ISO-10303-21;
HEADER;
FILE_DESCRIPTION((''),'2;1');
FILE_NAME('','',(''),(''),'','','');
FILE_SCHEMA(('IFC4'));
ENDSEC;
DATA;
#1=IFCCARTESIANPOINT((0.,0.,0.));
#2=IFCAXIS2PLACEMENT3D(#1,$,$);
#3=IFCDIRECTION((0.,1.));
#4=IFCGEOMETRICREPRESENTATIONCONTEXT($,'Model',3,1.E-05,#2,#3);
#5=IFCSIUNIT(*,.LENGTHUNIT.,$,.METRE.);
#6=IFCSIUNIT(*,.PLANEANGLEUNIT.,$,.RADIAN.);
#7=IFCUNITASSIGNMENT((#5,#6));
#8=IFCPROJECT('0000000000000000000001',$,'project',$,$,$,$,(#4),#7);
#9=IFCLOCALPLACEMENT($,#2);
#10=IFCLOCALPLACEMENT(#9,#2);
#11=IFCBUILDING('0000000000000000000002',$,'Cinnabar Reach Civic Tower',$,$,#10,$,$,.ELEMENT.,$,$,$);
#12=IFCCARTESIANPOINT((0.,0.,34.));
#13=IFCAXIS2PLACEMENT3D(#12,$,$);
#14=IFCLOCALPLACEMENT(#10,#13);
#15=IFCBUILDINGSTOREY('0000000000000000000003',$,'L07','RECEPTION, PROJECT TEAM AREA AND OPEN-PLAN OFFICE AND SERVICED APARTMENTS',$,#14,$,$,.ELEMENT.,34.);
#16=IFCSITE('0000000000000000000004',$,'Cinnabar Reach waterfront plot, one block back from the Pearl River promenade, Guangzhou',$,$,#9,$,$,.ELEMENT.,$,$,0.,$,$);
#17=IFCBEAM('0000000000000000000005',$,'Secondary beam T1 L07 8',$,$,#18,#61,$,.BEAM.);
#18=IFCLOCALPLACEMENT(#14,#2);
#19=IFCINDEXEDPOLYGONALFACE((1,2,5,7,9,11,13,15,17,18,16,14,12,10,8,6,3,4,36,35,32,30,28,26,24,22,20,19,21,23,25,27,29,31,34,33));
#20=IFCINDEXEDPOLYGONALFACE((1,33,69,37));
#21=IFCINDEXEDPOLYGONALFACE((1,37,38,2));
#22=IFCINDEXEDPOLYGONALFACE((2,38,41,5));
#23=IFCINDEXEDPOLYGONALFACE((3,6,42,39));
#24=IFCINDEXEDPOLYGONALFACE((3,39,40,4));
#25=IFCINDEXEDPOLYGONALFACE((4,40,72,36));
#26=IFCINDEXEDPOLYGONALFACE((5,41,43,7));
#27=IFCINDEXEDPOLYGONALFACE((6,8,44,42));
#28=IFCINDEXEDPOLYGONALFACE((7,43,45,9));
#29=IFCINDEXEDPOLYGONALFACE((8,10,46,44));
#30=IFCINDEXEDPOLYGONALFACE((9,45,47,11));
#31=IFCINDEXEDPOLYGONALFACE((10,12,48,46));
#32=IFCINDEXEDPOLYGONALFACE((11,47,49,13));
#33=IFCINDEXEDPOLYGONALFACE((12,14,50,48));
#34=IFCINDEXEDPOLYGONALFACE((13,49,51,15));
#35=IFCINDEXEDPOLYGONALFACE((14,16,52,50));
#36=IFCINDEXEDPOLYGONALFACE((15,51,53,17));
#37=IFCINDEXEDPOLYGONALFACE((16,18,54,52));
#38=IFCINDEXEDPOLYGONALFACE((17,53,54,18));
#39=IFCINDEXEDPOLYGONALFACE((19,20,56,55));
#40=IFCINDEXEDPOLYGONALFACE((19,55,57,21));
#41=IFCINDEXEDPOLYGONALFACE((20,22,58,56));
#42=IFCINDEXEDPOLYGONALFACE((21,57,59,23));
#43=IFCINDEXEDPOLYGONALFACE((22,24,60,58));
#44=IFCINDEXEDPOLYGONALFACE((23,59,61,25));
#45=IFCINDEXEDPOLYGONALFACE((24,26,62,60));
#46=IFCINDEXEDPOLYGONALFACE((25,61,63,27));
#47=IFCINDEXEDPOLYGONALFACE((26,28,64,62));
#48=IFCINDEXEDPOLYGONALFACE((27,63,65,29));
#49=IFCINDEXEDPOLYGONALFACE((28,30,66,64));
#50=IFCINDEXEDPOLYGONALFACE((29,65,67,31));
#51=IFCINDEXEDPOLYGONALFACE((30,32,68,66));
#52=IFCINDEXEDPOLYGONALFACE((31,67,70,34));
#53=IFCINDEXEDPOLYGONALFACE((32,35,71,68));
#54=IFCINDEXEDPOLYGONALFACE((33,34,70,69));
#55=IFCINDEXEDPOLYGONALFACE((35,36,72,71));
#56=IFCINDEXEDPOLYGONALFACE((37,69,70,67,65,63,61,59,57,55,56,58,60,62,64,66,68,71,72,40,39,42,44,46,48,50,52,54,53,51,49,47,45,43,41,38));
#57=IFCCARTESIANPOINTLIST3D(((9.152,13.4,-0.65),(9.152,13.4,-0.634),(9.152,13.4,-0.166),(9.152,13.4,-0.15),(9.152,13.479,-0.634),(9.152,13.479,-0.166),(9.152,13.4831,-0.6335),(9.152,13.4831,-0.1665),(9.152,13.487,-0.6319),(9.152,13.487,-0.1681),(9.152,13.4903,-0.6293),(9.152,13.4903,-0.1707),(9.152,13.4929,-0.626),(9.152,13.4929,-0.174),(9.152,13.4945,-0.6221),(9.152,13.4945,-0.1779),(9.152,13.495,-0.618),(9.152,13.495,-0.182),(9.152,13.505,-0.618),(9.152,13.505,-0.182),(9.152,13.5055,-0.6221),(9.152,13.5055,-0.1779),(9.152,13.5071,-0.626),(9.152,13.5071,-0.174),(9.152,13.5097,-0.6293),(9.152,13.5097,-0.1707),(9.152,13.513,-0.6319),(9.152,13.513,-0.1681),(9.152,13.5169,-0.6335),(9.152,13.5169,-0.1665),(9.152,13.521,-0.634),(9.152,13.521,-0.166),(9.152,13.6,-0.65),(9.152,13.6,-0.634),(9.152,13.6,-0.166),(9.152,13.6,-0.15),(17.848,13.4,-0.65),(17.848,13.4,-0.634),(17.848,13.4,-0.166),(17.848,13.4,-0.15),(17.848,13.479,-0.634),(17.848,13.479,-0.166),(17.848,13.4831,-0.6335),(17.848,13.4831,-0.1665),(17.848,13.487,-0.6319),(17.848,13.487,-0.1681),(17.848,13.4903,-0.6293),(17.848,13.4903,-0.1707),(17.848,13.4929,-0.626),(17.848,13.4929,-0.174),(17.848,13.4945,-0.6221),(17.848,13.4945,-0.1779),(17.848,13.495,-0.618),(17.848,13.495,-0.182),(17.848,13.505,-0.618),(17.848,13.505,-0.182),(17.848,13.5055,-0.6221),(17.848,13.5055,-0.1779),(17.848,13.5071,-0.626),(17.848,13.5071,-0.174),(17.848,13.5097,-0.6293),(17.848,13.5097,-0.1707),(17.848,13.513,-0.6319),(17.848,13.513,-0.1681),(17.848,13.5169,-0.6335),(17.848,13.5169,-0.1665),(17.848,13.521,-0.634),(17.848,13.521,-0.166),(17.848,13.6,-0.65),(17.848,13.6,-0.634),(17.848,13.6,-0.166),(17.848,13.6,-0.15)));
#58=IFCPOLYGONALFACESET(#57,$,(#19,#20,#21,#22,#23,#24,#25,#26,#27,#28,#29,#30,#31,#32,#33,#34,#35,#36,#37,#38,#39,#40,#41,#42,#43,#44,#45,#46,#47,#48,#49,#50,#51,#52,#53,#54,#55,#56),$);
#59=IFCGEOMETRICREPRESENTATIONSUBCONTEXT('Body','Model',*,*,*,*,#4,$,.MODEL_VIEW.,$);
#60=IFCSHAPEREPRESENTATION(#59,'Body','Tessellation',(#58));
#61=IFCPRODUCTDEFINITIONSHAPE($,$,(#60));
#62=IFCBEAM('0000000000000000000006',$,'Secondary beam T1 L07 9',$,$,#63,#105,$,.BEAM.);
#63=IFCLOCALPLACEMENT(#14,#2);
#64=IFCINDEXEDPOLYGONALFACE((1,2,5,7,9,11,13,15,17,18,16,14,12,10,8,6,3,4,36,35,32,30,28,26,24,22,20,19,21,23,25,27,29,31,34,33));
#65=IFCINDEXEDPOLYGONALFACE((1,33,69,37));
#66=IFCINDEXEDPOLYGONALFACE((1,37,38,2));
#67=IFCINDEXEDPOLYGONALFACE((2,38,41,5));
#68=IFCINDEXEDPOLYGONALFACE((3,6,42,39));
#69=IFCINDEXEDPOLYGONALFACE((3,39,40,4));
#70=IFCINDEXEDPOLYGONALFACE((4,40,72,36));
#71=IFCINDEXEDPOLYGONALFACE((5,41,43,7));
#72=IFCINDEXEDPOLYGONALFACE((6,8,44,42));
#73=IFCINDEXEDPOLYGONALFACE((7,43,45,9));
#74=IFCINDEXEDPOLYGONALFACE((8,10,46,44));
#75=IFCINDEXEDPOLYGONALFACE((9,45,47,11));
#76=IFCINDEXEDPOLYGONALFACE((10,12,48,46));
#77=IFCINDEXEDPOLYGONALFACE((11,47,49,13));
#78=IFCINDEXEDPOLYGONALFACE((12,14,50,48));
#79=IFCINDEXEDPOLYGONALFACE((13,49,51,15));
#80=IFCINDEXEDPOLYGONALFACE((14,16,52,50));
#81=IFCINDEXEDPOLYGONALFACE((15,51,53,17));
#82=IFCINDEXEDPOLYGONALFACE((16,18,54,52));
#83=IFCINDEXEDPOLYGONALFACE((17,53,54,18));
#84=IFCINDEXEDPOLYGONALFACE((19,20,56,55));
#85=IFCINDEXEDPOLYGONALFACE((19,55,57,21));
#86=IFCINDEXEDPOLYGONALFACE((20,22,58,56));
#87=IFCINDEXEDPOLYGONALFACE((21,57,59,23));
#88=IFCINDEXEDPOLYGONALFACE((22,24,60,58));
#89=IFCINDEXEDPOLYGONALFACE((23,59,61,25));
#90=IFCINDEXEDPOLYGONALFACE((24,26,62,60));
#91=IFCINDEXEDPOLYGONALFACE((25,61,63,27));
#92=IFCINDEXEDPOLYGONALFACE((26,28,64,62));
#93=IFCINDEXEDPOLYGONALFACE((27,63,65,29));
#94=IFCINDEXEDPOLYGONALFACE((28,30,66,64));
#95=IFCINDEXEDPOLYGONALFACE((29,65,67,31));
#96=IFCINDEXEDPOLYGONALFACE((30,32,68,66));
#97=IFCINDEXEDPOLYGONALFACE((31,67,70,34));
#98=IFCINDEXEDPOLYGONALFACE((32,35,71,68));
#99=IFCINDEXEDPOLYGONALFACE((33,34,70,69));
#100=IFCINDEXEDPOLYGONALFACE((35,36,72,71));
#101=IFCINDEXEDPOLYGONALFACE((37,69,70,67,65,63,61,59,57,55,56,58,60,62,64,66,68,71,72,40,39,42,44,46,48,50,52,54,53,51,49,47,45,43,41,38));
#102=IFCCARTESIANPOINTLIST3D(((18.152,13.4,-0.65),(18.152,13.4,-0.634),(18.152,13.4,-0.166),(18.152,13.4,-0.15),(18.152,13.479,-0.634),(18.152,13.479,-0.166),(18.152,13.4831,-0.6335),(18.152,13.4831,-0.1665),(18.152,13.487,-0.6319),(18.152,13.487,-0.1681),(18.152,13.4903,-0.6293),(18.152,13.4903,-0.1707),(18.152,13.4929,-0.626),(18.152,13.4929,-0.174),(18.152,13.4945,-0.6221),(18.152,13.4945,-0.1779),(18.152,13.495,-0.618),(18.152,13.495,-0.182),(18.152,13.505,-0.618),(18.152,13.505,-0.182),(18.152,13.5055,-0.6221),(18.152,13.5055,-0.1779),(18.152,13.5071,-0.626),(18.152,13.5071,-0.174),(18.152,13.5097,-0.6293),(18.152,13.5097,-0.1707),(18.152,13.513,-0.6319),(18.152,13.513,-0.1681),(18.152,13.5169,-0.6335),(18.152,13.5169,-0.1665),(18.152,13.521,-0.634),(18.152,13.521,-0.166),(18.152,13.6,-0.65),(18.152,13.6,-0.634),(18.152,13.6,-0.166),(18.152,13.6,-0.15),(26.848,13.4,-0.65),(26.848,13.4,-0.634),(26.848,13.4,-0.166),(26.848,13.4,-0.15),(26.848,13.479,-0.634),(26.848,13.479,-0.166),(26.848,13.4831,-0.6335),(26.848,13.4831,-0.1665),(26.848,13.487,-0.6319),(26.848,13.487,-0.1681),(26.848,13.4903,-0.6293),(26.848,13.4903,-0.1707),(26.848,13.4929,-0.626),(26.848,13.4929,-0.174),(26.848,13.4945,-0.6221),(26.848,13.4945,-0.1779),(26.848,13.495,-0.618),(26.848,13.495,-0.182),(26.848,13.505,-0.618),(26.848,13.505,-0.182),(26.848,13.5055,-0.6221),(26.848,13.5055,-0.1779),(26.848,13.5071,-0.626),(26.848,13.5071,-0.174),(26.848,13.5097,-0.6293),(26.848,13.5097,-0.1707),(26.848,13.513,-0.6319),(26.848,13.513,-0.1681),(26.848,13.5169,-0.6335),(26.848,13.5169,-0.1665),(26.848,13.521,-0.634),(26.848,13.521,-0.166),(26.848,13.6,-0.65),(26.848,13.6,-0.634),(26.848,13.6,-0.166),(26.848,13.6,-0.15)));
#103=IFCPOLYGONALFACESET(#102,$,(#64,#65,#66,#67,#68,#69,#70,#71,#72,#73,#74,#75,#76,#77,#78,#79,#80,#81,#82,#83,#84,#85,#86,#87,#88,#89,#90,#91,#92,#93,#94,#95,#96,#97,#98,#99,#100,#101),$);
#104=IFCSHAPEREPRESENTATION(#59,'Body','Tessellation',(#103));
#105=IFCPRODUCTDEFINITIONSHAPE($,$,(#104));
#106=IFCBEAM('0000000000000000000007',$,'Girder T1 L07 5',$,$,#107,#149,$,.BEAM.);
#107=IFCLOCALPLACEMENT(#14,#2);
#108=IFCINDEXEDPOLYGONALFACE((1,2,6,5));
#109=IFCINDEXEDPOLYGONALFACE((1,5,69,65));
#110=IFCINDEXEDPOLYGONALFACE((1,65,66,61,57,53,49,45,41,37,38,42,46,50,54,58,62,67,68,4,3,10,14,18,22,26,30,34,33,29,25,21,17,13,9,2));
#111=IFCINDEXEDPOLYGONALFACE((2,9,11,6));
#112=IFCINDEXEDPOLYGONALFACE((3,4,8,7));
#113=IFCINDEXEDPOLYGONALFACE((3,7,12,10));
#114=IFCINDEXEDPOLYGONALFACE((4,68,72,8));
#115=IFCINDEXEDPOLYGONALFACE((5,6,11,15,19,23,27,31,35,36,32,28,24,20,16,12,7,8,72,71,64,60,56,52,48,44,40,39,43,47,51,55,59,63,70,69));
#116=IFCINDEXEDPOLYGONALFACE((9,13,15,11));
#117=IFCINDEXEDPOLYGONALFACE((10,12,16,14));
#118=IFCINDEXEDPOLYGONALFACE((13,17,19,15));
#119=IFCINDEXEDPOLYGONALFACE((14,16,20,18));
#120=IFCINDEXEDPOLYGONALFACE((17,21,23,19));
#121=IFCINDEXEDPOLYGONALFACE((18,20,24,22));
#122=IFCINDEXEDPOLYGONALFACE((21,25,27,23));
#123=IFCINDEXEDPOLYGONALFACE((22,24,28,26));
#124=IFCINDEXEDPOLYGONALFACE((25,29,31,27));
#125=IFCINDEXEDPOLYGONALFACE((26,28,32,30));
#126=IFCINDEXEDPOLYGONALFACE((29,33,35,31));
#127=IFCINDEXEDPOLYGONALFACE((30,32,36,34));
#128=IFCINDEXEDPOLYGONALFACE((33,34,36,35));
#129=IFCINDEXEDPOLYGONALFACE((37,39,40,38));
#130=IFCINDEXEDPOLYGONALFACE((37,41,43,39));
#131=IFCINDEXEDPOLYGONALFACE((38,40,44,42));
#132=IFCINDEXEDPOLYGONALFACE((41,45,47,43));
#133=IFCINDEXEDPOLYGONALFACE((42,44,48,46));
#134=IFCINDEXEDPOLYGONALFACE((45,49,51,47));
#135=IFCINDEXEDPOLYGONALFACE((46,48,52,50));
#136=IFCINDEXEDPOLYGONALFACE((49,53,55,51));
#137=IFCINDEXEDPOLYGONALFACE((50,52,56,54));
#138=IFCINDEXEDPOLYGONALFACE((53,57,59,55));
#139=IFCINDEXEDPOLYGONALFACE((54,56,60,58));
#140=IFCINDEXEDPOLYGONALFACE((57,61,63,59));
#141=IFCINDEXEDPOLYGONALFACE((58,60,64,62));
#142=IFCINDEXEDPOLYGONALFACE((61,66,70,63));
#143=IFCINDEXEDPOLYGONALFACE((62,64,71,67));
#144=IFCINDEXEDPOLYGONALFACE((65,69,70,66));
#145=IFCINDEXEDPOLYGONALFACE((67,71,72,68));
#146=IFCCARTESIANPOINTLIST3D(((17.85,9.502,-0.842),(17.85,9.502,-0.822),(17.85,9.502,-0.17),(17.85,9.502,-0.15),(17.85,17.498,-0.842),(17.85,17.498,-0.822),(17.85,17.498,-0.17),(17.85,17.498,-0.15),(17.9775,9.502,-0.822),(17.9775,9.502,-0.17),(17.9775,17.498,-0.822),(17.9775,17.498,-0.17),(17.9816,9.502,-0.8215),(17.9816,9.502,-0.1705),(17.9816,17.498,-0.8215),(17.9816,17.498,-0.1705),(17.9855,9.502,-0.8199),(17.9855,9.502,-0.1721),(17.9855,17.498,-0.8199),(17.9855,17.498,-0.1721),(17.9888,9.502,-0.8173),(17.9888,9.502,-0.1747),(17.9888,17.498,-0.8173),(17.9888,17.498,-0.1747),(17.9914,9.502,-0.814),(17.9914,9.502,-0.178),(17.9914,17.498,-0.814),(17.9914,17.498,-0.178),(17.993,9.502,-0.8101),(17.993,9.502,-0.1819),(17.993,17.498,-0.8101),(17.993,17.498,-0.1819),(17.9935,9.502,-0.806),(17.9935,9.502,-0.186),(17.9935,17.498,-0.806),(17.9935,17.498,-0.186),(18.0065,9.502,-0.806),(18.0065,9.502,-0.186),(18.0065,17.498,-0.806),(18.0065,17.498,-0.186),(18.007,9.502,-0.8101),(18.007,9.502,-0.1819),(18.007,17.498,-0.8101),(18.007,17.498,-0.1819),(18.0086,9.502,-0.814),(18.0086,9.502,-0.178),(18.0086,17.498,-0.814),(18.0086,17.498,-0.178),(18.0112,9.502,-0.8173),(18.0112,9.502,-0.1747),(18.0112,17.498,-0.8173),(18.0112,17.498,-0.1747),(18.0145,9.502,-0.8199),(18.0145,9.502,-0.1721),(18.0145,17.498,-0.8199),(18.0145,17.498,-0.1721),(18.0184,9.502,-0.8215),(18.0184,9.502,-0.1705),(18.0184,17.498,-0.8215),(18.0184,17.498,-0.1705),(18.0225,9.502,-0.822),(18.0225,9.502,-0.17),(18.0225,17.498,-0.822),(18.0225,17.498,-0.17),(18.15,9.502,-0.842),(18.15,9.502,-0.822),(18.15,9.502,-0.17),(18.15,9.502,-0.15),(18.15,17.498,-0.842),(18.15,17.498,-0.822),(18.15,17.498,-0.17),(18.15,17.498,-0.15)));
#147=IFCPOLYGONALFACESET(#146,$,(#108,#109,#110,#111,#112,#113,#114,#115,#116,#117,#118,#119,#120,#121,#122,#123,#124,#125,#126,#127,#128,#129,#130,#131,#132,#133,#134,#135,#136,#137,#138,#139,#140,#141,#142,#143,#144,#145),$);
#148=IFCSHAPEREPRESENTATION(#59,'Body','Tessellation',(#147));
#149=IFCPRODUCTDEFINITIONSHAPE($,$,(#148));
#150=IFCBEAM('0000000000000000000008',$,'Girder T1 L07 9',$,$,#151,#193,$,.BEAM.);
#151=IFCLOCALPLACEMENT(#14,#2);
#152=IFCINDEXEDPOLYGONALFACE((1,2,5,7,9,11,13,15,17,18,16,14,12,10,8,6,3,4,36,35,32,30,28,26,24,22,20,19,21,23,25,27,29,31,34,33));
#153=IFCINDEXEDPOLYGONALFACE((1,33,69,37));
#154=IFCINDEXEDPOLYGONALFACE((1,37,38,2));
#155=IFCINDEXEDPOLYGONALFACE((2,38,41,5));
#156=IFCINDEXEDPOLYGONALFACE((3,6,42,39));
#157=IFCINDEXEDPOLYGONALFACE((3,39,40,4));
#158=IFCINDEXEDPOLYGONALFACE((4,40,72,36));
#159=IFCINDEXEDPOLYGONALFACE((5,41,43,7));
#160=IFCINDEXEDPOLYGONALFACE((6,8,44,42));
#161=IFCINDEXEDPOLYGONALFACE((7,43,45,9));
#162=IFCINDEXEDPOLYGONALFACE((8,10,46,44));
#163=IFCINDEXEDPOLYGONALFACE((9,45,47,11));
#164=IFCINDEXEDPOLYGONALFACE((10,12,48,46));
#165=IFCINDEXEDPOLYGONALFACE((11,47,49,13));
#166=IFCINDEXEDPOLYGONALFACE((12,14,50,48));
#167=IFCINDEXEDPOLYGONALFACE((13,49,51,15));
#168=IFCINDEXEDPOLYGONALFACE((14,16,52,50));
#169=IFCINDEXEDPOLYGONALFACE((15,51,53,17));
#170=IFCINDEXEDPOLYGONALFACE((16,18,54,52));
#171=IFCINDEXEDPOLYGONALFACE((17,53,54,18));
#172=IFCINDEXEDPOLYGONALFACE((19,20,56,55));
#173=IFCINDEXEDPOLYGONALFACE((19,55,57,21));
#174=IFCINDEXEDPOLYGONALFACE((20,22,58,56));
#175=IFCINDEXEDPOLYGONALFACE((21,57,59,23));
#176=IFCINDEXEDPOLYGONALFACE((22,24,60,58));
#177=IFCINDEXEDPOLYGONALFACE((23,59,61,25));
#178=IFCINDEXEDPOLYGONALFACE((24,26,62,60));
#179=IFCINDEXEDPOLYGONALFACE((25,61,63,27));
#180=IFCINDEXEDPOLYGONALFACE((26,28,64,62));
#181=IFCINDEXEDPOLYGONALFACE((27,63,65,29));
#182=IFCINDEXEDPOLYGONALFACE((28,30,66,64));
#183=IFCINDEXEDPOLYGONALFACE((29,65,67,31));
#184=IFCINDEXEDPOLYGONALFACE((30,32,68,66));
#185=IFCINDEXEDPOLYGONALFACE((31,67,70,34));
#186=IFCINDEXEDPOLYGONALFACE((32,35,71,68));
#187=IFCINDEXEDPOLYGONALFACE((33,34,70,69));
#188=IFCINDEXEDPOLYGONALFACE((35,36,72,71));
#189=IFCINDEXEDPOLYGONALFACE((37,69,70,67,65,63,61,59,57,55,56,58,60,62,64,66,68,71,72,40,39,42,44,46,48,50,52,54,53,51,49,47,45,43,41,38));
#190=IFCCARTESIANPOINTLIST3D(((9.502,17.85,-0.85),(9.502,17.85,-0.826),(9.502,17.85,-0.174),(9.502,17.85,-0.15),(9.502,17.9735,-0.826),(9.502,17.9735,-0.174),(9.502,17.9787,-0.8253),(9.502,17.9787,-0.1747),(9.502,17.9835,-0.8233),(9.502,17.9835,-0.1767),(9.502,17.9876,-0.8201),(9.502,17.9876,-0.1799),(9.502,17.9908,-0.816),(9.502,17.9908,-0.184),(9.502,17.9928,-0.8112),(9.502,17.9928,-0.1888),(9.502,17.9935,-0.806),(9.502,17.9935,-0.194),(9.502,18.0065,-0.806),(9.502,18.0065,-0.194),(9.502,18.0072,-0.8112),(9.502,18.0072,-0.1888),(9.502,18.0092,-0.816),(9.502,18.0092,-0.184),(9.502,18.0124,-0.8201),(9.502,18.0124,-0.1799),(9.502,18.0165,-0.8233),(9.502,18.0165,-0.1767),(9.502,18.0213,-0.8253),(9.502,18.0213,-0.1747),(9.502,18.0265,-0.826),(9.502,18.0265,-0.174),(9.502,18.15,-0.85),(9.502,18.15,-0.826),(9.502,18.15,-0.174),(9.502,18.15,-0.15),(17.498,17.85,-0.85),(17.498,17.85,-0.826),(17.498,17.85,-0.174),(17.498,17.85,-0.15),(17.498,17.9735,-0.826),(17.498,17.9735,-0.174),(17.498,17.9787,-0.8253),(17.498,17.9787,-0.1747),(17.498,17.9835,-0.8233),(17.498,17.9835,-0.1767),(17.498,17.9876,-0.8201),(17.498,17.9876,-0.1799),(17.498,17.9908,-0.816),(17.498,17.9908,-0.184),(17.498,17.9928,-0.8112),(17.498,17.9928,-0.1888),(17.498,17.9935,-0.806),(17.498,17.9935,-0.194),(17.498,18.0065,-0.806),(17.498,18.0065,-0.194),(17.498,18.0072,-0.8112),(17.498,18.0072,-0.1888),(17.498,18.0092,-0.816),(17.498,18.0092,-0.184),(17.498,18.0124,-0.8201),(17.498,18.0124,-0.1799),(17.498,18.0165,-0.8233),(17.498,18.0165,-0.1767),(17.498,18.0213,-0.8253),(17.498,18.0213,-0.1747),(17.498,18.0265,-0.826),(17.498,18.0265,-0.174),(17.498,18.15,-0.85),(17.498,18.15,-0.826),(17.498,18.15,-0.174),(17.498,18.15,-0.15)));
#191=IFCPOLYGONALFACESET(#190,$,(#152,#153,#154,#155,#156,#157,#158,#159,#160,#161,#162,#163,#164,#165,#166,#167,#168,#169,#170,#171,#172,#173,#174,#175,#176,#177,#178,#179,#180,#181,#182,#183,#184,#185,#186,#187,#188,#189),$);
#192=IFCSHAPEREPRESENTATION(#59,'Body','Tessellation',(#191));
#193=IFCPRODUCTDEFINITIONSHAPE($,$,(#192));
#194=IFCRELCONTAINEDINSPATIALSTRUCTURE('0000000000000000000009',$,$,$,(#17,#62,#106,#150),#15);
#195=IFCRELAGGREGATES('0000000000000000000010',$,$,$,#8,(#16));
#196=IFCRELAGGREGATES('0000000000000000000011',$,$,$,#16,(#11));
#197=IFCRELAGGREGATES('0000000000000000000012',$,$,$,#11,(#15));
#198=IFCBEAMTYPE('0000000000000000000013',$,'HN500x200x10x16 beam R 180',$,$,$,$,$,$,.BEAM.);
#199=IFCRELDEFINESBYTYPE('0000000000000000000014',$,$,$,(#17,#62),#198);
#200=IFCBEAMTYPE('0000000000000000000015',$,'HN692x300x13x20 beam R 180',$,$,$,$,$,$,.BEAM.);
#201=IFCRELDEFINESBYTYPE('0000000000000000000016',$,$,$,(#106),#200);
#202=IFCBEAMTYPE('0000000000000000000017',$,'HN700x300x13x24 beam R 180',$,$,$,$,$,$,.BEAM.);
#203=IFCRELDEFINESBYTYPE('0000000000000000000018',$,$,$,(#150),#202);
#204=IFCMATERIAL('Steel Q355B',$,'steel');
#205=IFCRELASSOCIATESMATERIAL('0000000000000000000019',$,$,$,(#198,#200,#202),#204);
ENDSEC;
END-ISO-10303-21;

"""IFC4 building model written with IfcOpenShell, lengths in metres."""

from ifc_helpers import new_model, si_unit, direction, frame, origin, origin_2d, place, context, subcontext, project, spatial, i_section, extrude, material, material_profile, profile_set, type_object, element, save


model = new_model("IFC4")

# Units and contexts
model_context = context("Model", 3, precision=1e-05, world=origin(), true_north=direction((0.0, 1.0)))
body_context = subcontext(model_context, "Body", "Model", "MODEL_VIEW")
ifc_project = project(units=[si_unit("LENGTHUNIT", "METRE"), si_unit("PLANEANGLEUNIT", "RADIAN")], contexts=[model_context])

# Site, building, storey
site_placement = place(None, origin())
site = spatial("IfcSite", under=ifc_project, at=site_placement, Name="Cinnabar Reach waterfront plot, one block back from the Pearl River promenade, Guangzhou", CompositionType="ELEMENT", RefElevation=0.0)
building_placement = place(site_placement, origin())
building = spatial("IfcBuilding", under=site, at=building_placement, Name="Cinnabar Reach Civic Tower", CompositionType="ELEMENT")
storey_placement = place(building_placement, frame((0.0, 0.0, 34.0)))
storey = spatial("IfcBuildingStorey", under=building, at=storey_placement, Name="L07", Description="RECEPTION, PROJECT TEAM AREA AND OPEN-PLAN OFFICE AND SERVICED APARTMENTS", CompositionType="ELEMENT", Elevation=34.0)

# Beams
ifc_material_1 = material(Name="Steel Q355B", Category="steel")
ifc_material_profile_1 = material_profile(ifc_material_1, i_section(OverallWidth=0.2, OverallDepth=0.5, WebThickness=0.01, FlangeThickness=0.016, FilletRadius=0.016, at=origin_2d()), Name="HN500x200x10x16")
ifc_profile_set_1 = profile_set([ifc_material_profile_1], Name="Steel Q355B")
beam_type_1 = type_object("IfcBeamType", Name="HN500x200x10x16 beam R 180", PredefinedType="BEAM", material=ifc_profile_set_1)
for number, where, z_axis, x_axis, name in (
    (1, (9.152, 13.5, -0.4), (1.0, 0.0, 0.0), (0.0, 1.0, 0.0), "Secondary beam T1 L07 8"),
    (2, (18.152, 13.5, -0.4), (1.0, 0.0, 0.0), (0.0, 1.0, 0.0), "Secondary beam T1 L07 9"),
):
    element("IfcBeam", number, at=place(storey_placement, frame(where, z_axis=z_axis, x_axis=x_axis)), inside=storey, type_object=beam_type_1, Name=name, PredefinedType="BEAM", context=body_context, shape_type="SweptSolid", body=[
        extrude(i_section(OverallWidth=0.2, OverallDepth=0.5, WebThickness=0.01, FlangeThickness=0.016, FilletRadius=0.016, at=origin_2d()), origin(), (0.0, 0.0, 1.0), 8.696),
    ])
ifc_material_profile_2 = material_profile(ifc_material_1, i_section(OverallWidth=0.3, OverallDepth=0.692, WebThickness=0.013, FlangeThickness=0.02, FilletRadius=0.016, at=origin_2d()), Name="HN692x300x13x20")
ifc_profile_set_2 = profile_set([ifc_material_profile_2], Name="Steel Q355B")
beam_type_2 = type_object("IfcBeamType", Name="HN692x300x13x20 beam R 180", PredefinedType="BEAM", material=ifc_profile_set_2)
beam_1_placement = place(storey_placement, frame((18.0, 9.502, -0.496), z_axis=(0.0, 1.0, 0.0), x_axis=(-1.0, 0.0, 0.0)))
element("IfcBeam", 3, at=beam_1_placement, inside=storey, type_object=beam_type_2, Name="Girder T1 L07 5", PredefinedType="BEAM", context=body_context, shape_type="SweptSolid", body=[
    extrude(i_section(OverallWidth=0.3, OverallDepth=0.692, WebThickness=0.013, FlangeThickness=0.02, FilletRadius=0.016, at=origin_2d()), origin(), (0.0, 0.0, 1.0), 7.996),
])
ifc_material_profile_3 = material_profile(ifc_material_1, i_section(OverallWidth=0.3, OverallDepth=0.7, WebThickness=0.013, FlangeThickness=0.024, FilletRadius=0.02, at=origin_2d()), Name="HN700x300x13x24")
ifc_profile_set_3 = profile_set([ifc_material_profile_3], Name="Steel Q355B")
beam_type_3 = type_object("IfcBeamType", Name="HN700x300x13x24 beam R 180", PredefinedType="BEAM", material=ifc_profile_set_3)
for number, where, z_axis, x_axis, name in (
    (4, (9.502, 18.0, -0.5), (1.0, 0.0, 0.0), (0.0, 1.0, 0.0), "Girder T1 L07 9"),
):
    element("IfcBeam", number, at=place(storey_placement, frame(where, z_axis=z_axis, x_axis=x_axis)), inside=storey, type_object=beam_type_3, Name=name, PredefinedType="BEAM", context=body_context, shape_type="SweptSolid", body=[
        extrude(i_section(OverallWidth=0.3, OverallDepth=0.7, WebThickness=0.013, FlangeThickness=0.024, FilletRadius=0.02, at=origin_2d()), origin(), (0.0, 0.0, 1.0), 7.996),
    ])

save(model, "model.ifc")
